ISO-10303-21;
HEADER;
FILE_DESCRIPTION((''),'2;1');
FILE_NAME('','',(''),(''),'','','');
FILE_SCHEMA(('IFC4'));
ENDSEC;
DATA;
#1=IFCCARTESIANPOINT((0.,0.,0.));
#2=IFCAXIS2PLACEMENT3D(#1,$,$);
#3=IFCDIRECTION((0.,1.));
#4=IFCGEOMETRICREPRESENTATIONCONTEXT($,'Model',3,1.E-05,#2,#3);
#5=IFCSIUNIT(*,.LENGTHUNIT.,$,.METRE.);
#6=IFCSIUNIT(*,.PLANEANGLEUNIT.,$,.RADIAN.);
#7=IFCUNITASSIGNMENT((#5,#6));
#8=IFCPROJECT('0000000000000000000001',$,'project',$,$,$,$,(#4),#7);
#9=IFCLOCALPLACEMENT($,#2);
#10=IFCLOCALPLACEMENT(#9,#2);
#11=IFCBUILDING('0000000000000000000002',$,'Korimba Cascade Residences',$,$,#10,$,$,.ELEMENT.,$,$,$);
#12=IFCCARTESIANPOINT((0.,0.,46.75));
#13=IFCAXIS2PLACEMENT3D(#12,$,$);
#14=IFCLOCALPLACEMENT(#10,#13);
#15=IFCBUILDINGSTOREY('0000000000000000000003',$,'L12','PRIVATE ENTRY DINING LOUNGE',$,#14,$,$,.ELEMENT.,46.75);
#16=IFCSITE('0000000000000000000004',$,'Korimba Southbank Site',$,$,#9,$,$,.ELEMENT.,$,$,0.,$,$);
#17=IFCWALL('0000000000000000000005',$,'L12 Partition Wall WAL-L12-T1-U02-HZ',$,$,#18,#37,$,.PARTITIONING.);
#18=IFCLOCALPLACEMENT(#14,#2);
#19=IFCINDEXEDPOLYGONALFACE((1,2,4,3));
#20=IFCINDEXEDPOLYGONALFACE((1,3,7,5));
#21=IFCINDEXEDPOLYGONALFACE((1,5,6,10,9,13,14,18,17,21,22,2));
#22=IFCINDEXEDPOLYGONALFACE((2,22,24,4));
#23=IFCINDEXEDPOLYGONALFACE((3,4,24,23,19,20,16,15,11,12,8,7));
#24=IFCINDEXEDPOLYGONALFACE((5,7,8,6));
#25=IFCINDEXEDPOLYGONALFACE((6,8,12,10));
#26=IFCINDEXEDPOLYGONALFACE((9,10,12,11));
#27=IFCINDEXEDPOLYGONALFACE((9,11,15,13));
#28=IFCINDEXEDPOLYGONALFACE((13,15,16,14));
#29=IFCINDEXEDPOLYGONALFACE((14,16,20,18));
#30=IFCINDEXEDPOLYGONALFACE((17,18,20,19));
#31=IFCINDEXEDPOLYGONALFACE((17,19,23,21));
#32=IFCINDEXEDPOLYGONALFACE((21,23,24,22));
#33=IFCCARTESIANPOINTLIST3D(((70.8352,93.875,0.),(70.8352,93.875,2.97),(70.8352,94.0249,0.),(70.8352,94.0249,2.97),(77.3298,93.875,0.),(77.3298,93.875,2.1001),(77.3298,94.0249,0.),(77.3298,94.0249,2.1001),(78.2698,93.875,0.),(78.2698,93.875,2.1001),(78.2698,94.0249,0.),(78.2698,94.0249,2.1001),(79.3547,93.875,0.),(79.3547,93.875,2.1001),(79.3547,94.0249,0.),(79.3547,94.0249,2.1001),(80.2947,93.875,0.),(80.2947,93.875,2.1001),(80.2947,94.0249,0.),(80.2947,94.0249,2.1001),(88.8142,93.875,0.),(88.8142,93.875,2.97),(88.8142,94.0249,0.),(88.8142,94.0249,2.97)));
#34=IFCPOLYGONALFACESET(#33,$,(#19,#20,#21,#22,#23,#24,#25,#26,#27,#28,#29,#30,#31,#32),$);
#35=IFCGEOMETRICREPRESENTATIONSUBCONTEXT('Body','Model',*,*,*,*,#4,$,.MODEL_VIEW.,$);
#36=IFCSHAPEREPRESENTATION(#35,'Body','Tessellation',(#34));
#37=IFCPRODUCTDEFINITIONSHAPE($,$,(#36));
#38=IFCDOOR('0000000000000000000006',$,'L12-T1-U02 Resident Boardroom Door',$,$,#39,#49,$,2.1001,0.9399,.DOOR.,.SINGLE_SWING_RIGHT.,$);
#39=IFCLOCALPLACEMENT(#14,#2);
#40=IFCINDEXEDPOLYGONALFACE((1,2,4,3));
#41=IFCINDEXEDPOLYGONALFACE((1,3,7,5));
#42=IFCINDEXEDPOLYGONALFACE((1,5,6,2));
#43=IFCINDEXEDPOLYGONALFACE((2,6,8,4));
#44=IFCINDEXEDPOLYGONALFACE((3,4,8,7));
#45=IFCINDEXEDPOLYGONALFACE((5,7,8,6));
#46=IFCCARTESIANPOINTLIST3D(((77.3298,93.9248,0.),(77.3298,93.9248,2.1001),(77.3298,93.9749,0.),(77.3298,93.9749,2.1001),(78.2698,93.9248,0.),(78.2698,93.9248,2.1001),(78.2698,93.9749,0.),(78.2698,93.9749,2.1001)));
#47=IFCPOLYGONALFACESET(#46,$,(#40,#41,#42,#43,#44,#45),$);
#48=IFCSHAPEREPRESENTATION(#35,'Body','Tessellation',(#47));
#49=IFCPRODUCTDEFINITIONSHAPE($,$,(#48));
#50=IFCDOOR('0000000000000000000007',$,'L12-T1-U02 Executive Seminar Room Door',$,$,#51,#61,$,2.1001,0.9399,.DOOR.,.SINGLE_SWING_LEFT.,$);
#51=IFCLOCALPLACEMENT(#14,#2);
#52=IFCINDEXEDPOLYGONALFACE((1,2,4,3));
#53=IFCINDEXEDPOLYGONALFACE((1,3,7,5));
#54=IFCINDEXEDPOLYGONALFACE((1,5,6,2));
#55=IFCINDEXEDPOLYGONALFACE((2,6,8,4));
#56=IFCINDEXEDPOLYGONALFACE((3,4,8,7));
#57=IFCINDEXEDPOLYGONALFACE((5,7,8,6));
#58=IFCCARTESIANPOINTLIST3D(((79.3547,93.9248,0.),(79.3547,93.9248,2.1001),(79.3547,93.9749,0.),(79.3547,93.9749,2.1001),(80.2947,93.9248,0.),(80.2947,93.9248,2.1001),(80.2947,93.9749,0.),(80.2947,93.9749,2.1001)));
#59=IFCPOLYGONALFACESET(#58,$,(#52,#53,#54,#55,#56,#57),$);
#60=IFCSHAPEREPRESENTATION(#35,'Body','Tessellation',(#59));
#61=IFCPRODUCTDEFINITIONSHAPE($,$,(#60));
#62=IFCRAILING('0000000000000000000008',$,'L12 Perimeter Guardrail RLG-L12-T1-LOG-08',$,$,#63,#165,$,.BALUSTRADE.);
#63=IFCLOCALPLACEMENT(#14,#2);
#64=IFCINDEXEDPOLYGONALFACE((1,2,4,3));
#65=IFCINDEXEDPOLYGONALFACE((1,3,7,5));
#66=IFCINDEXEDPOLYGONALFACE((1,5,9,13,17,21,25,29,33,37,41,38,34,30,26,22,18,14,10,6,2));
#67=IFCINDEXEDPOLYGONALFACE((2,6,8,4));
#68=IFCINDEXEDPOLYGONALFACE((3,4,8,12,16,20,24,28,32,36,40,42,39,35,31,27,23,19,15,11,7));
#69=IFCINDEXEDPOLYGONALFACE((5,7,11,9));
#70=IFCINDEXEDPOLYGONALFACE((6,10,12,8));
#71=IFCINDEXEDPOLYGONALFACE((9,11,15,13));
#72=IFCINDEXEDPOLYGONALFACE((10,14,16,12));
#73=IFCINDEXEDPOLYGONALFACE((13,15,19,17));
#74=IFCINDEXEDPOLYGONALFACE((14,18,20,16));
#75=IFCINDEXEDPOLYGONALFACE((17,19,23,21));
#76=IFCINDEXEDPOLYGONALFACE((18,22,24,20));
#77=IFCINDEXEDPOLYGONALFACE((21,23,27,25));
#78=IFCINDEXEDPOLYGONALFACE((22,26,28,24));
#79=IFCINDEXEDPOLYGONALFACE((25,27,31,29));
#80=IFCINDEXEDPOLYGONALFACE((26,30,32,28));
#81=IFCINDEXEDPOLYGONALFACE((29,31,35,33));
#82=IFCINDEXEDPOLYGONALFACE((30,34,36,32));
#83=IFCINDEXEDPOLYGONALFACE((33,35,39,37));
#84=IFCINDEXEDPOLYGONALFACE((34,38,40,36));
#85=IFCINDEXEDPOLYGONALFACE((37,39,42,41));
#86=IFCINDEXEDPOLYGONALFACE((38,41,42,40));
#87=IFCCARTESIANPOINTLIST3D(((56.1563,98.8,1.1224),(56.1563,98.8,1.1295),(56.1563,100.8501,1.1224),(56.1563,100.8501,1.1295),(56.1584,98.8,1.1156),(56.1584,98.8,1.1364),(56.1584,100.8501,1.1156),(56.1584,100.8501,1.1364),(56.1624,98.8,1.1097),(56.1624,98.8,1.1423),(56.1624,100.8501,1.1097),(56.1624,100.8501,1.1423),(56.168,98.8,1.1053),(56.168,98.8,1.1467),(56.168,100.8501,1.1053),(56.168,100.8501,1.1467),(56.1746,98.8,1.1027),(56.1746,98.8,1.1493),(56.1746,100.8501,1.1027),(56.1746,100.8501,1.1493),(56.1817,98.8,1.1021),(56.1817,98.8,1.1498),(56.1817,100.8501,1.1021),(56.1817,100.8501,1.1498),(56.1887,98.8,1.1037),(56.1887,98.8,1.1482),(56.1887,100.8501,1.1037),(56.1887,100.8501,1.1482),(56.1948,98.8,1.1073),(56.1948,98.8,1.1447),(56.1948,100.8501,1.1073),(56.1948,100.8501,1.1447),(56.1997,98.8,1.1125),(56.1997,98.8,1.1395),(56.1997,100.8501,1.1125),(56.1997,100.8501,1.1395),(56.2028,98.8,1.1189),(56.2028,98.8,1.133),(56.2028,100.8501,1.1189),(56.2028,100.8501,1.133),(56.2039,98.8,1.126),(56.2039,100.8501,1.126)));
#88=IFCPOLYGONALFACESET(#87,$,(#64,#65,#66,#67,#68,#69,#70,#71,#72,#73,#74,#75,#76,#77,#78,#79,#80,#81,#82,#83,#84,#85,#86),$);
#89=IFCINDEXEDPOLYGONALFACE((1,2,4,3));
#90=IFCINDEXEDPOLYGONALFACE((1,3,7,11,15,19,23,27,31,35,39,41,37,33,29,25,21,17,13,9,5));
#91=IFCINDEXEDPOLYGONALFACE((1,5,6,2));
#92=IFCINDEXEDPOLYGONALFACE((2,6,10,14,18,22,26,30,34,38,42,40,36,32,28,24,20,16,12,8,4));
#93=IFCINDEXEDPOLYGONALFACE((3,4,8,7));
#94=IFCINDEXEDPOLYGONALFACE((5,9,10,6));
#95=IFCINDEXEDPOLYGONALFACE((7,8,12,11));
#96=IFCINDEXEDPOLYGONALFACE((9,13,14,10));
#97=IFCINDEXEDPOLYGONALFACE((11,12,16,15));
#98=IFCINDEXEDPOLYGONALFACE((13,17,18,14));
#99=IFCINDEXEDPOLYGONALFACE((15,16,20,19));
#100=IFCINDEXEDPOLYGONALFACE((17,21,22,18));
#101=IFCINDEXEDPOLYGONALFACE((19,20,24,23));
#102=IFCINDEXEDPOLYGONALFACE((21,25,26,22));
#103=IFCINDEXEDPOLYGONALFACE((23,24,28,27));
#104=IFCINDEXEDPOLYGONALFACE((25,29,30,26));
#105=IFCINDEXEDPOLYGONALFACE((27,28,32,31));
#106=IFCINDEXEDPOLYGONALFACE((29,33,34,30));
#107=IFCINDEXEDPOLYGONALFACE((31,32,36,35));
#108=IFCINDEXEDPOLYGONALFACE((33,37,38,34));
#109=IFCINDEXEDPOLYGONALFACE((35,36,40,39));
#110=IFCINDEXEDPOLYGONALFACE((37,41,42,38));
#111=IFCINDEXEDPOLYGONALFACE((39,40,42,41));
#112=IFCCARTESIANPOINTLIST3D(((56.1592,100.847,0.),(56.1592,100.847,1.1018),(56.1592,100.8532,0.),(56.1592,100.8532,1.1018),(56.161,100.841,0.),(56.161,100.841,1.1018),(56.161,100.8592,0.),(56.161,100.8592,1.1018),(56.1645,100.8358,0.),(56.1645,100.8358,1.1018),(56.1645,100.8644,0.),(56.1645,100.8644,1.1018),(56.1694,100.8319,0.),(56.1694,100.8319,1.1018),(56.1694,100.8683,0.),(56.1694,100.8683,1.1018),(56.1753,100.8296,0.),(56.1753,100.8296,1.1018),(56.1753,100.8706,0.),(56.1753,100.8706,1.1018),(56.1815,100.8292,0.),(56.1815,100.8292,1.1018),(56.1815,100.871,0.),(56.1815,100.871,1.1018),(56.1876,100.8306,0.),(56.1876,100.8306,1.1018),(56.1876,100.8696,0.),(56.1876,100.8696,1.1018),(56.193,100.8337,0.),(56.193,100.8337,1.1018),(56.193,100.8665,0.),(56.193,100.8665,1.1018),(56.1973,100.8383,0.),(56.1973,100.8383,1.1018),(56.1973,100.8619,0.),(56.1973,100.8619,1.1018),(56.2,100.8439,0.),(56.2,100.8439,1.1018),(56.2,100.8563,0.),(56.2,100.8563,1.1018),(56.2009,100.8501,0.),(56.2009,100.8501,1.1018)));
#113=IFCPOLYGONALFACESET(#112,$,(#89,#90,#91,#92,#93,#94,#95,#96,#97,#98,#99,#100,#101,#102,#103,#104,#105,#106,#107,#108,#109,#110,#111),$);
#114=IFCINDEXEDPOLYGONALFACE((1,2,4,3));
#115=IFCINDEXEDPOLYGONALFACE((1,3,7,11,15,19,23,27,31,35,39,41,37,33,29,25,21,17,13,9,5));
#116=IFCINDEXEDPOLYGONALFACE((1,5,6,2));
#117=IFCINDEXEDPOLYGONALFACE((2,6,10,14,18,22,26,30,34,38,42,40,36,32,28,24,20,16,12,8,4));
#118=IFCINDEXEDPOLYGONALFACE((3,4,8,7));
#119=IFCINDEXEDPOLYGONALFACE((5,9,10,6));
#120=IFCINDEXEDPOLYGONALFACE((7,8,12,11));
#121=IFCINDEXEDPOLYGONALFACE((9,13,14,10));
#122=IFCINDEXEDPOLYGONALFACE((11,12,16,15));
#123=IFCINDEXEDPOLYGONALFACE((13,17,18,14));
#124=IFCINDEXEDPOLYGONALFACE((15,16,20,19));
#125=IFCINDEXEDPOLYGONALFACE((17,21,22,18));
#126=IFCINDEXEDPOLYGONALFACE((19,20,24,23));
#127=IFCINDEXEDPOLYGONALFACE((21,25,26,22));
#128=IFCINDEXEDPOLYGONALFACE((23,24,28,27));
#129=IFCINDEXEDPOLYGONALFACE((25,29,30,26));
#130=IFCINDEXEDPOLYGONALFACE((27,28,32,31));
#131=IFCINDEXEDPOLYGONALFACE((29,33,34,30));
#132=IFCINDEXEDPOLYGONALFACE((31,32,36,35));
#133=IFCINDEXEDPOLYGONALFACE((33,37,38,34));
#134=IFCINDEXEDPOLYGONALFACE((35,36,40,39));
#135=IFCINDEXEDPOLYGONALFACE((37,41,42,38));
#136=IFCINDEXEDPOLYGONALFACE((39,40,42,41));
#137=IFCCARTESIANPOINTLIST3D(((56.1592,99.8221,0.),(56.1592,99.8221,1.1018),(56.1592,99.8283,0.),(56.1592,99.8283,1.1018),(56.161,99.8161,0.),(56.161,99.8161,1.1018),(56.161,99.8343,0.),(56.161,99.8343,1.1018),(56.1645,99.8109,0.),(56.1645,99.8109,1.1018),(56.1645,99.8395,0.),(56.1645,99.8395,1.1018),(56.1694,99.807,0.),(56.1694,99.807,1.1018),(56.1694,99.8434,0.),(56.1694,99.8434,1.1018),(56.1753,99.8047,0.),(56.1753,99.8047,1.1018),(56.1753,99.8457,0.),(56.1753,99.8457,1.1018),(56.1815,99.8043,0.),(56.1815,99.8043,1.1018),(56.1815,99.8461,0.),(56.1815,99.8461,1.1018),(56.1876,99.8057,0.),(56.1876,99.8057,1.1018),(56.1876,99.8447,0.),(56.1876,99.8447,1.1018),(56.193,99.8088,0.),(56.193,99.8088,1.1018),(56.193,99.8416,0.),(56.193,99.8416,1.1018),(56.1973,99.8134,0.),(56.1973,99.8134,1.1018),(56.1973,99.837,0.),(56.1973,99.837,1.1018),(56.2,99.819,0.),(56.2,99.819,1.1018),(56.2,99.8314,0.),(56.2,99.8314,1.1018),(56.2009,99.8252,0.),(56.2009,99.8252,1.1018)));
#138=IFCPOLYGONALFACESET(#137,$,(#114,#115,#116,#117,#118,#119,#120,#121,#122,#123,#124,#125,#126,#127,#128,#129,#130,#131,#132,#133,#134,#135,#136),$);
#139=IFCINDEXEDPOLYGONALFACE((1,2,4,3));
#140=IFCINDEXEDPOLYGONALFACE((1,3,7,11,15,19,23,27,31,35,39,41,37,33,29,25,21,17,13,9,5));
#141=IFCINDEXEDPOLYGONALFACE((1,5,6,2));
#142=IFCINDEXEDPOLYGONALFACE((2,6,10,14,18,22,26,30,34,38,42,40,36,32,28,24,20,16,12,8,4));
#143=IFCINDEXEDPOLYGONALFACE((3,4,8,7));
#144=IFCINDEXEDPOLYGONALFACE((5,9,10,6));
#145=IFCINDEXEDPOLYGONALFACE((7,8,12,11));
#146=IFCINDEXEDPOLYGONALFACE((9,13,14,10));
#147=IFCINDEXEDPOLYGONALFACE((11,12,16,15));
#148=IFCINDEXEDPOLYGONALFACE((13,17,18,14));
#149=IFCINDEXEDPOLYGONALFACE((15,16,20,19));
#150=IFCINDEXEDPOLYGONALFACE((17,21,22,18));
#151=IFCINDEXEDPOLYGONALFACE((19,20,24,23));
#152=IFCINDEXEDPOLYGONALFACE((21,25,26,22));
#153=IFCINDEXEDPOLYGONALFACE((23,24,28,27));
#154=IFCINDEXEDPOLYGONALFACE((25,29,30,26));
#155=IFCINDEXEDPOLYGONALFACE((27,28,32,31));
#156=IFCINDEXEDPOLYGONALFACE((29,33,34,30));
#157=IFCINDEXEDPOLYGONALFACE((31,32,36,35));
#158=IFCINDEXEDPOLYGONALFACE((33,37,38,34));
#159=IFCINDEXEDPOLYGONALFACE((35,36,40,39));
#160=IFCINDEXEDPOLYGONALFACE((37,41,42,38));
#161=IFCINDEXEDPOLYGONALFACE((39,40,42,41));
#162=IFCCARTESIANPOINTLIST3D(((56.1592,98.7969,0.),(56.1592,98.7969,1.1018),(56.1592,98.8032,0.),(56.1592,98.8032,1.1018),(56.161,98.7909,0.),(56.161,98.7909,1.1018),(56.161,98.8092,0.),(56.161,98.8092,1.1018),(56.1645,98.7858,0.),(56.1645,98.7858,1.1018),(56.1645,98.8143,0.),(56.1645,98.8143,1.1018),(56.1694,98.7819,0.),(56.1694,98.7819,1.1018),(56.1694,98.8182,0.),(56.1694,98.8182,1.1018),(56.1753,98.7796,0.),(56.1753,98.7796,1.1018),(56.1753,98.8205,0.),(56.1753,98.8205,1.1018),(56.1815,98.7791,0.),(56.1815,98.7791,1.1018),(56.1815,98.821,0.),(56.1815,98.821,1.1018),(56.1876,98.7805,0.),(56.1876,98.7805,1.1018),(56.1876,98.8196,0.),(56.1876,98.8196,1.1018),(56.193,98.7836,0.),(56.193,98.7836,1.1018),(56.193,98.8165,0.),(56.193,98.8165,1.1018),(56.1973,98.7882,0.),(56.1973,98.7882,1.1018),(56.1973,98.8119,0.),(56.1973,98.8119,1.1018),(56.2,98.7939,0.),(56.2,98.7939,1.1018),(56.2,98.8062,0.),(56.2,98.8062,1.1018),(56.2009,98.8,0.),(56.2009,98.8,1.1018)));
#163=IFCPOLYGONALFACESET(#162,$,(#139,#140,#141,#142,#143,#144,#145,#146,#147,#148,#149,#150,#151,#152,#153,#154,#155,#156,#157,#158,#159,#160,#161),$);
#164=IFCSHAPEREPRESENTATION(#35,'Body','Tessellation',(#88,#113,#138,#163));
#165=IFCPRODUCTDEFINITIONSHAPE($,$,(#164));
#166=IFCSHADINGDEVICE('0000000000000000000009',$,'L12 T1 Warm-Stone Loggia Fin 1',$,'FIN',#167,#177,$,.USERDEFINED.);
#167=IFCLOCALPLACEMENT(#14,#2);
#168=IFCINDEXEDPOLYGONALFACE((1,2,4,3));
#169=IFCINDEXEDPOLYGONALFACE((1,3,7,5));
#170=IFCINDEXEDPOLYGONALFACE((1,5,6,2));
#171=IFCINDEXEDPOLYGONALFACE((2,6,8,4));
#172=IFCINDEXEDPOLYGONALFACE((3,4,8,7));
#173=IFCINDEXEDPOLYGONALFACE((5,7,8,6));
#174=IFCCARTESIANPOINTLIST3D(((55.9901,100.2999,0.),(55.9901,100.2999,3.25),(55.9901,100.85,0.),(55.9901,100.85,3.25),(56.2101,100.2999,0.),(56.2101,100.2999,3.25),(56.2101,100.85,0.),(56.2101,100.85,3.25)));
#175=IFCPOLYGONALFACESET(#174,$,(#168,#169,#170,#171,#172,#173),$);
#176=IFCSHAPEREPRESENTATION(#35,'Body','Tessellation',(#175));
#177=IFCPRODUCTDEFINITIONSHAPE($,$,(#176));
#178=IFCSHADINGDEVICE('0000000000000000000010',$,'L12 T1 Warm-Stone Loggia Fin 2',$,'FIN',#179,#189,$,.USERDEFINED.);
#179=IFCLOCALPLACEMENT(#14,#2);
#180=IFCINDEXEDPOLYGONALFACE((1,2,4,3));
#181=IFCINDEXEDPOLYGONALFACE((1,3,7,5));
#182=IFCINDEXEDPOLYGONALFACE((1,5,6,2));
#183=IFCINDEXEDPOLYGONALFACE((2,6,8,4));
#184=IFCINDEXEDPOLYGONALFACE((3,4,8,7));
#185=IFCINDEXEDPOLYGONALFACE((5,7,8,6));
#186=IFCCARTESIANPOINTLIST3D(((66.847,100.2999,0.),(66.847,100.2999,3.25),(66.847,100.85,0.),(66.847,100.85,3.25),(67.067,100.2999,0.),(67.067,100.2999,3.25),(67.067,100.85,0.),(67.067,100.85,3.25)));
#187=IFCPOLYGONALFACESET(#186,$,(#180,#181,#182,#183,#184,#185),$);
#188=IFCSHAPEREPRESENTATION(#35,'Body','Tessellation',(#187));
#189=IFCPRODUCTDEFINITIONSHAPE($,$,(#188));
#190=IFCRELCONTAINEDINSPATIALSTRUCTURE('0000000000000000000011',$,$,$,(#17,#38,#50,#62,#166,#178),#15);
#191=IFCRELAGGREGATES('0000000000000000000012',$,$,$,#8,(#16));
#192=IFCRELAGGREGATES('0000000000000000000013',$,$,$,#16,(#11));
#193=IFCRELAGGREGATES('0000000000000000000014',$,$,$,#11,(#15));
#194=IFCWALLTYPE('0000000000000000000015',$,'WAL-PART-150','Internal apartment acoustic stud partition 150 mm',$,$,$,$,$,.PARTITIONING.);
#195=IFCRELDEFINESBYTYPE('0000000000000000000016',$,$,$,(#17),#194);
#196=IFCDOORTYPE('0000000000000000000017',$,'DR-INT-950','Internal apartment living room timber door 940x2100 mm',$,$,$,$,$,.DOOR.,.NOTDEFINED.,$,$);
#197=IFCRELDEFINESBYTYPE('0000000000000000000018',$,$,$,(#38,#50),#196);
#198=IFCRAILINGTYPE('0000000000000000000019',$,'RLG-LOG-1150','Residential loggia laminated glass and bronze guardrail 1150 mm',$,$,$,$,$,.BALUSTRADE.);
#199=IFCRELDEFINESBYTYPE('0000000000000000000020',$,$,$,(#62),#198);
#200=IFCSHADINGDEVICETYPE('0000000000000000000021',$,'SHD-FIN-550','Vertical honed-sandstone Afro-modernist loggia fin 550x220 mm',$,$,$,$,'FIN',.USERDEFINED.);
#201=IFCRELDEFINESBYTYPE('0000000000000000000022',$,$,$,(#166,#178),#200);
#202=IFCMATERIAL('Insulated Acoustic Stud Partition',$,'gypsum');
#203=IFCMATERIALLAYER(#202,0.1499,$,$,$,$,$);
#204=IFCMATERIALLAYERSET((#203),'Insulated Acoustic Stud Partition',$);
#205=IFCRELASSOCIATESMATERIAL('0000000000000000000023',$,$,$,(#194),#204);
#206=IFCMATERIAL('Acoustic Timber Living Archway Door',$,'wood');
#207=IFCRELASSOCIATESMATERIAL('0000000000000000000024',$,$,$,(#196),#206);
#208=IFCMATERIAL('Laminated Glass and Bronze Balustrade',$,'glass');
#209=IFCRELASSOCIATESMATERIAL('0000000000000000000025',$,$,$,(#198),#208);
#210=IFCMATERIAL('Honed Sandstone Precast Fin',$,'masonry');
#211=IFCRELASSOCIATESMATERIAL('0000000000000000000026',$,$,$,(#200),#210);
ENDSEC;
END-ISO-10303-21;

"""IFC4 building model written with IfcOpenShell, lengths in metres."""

from ifc_helpers import new_model, si_unit, direction, frame, frame_2d, origin, origin_2d, place, context, subcontext, project, spatial, rectangle, circle, extrude, material, layer, layer_set, type_object, element, fill, save


model = new_model("IFC4")

# Units and contexts
model_context = context("Model", 3, precision=1e-05, world=origin(), true_north=direction((0.0, 1.0)))
body_context = subcontext(model_context, "Body", "Model", "MODEL_VIEW")
ifc_project = project(units=[si_unit("LENGTHUNIT", "METRE"), si_unit("PLANEANGLEUNIT", "RADIAN")], contexts=[model_context])

# Site, building, storey
site_placement = place(None, origin())
site = spatial("IfcSite", under=ifc_project, at=site_placement, Name="Korimba Southbank Site", CompositionType="ELEMENT", RefElevation=0.0)
building_placement = place(site_placement, origin())
building = spatial("IfcBuilding", under=site, at=building_placement, Name="Korimba Cascade Residences", CompositionType="ELEMENT")
storey_placement = place(building_placement, frame((0.0, 0.0, 46.75)))
storey = spatial("IfcBuildingStorey", under=building, at=storey_placement, Name="L12", Description="PRIVATE ENTRY DINING LOUNGE", CompositionType="ELEMENT", Elevation=46.75)

# Shared definitions
ifc_material_1 = material(Name="Insulated Acoustic Stud Partition", Category="gypsum")
ifc_layer_1 = layer(ifc_material_1, 0.1499)
ifc_layer_set_1 = layer_set([ifc_layer_1], Name="Insulated Acoustic Stud Partition")
wall_type_1 = type_object("IfcWallType", Name="WAL-PART-150", Description="Internal apartment acoustic stud partition 150 mm", PredefinedType="PARTITIONING", material=ifc_layer_set_1)

# Wall, openings, doors
ifc_material_2 = material(Name="Acoustic Timber Living Archway Door", Category="wood")
door_type_1 = type_object("IfcDoorType", Name="DR-INT-950", Description="Internal apartment living room timber door 940x2100 mm", OperationType="NOTDEFINED", PredefinedType="DOOR", material=ifc_material_2)
wall_1_placement = place(storey_placement, frame((70.8352, 93.95, 0.0), z_axis=(0.0, 0.0, 1.0), x_axis=(1.0, 0.0, 0.0)))
wall_1 = element("IfcWall", 1, at=wall_1_placement, inside=storey, type_object=wall_type_1, Name="L12 Partition Wall WAL-L12-T1-U02-HZ", PredefinedType="PARTITIONING", context=body_context, shape_type="SweptSolid", body=[
    extrude(rectangle(XDim=17.979, YDim=0.1499, at=frame_2d((8.9895, 0.0))), origin(), (0.0, 0.0, 1.0), 2.97),
])
opening_1_placement = place(wall_1_placement, frame((6.4946, 0.0, 0.0)))
opening_1 = element("IfcOpeningElement", 2, at=opening_1_placement, cuts=wall_1, PredefinedType="OPENING", context=body_context, shape_type="SweptSolid", body=[
    extrude(rectangle(XDim=0.9399, YDim=2.1001, at=frame_2d((0.47, 1.05))), frame((0.0, 0.085, 0.0), z_axis=(0.0, -1.0, 0.0), x_axis=(1.0, 0.0, 0.0)), (0.0, 0.0, 1.0), 0.1699),
])
opening_2_placement = place(wall_1_placement, frame((8.5195, 0.0, 0.0)))
opening_2 = element("IfcOpeningElement", 3, at=opening_2_placement, cuts=wall_1, PredefinedType="OPENING", context=body_context, shape_type="SweptSolid", body=[
    extrude(rectangle(XDim=0.9399, YDim=2.1001, at=frame_2d((0.47, 1.05))), frame((0.0, 0.085, 0.0), z_axis=(0.0, -1.0, 0.0), x_axis=(1.0, 0.0, 0.0)), (0.0, 0.0, 1.0), 0.1699),
])
door_1_placement = place(opening_1_placement, origin())
door_1 = element("IfcDoor", 4, at=door_1_placement, inside=storey, type_object=door_type_1, Name="L12-T1-U02 Resident Boardroom Door", OperationType="SINGLE_SWING_RIGHT", OverallHeight=2.1001, OverallWidth=0.9399, PredefinedType="DOOR", context=body_context, shape_type="SweptSolid", body=[
    extrude(rectangle(XDim=0.9399, YDim=2.1001, at=frame_2d((0.47, 1.05))), frame((0.0, 0.0249, 0.0), z_axis=(0.0, -1.0, 0.0), x_axis=(1.0, 0.0, 0.0)), (0.0, 0.0, 1.0), 0.05),
])
fill(opening_1, door_1)
door_2_placement = place(opening_2_placement, origin())
door_2 = element("IfcDoor", 5, at=door_2_placement, inside=storey, type_object=door_type_1, Name="L12-T1-U02 Executive Seminar Room Door", OperationType="SINGLE_SWING_LEFT", OverallHeight=2.1001, OverallWidth=0.9399, PredefinedType="DOOR", context=body_context, shape_type="SweptSolid", body=[
    extrude(rectangle(XDim=0.9399, YDim=2.1001, at=frame_2d((0.47, 1.05))), frame((0.0, 0.0249, 0.0), z_axis=(0.0, -1.0, 0.0), x_axis=(1.0, 0.0, 0.0)), (0.0, 0.0, 1.0), 0.05),
])
fill(opening_2, door_2)

# Railing
ifc_material_3 = material(Name="Laminated Glass and Bronze Balustrade", Category="glass")
railing_type = type_object("IfcRailingType", Name="RLG-LOG-1150", Description="Residential loggia laminated glass and bronze guardrail 1150 mm", PredefinedType="BALUSTRADE", material=ifc_material_3)
railing_1_placement = place(storey_placement, frame((56.1799, 100.8501, 0.0)))
element("IfcRailing", 6, at=railing_1_placement, inside=storey, type_object=railing_type, Name="L12 Perimeter Guardrail RLG-L12-T1-LOG-08", PredefinedType="BALUSTRADE", context=body_context, shape_type="SweptSolid", body=[
    extrude(circle(Radius=0.0239, at=origin_2d()), frame((0.0, 0.0, 1.126), z_axis=(0.0, -1.0, 0.0), x_axis=(1.0, 0.0, 0.0)), (0.0, 0.0, 1.0), 2.05),
    extrude(circle(Radius=0.021, at=origin_2d()), origin(), (0.0, 0.0, 1.0), 1.1018),
    extrude(circle(Radius=0.021, at=origin_2d()), frame((0.0, -1.0249, 0.0)), (0.0, 0.0, 1.0), 1.1018),
    extrude(circle(Radius=0.021, at=origin_2d()), frame((0.0, -2.05, 0.0)), (0.0, 0.0, 1.0), 1.1018),
])

# Shading devices
ifc_material_4 = material(Name="Honed Sandstone Precast Fin", Category="masonry")
shading_device_type = type_object("IfcShadingDeviceType", Name="SHD-FIN-550", Description="Vertical honed-sandstone Afro-modernist loggia fin 550x220 mm", ElementType="FIN", PredefinedType="USERDEFINED", material=ifc_material_4)
for number, where, z_axis, x_axis, name in (
    (7, (56.1001, 100.575, 0.0), (0.0, 0.0, 1.0), (1.0, 0.0, 0.0), "L12 T1 Warm-Stone Loggia Fin 1"),
    (8, (66.957, 100.575, 0.0), (0.0, 0.0, 1.0), (1.0, 0.0, 0.0), "L12 T1 Warm-Stone Loggia Fin 2"),
):
    element("IfcShadingDevice", number, at=place(storey_placement, frame(where, z_axis=z_axis, x_axis=x_axis)), inside=storey, type_object=shading_device_type, Name=name, ObjectType="FIN", PredefinedType="USERDEFINED", context=body_context, shape_type="SweptSolid", body=[
        extrude(rectangle(XDim=0.22, YDim=0.55, at=origin_2d()), origin(), (0.0, 0.0, 1.0), 3.25),
    ])

save(model, "model.ifc")
